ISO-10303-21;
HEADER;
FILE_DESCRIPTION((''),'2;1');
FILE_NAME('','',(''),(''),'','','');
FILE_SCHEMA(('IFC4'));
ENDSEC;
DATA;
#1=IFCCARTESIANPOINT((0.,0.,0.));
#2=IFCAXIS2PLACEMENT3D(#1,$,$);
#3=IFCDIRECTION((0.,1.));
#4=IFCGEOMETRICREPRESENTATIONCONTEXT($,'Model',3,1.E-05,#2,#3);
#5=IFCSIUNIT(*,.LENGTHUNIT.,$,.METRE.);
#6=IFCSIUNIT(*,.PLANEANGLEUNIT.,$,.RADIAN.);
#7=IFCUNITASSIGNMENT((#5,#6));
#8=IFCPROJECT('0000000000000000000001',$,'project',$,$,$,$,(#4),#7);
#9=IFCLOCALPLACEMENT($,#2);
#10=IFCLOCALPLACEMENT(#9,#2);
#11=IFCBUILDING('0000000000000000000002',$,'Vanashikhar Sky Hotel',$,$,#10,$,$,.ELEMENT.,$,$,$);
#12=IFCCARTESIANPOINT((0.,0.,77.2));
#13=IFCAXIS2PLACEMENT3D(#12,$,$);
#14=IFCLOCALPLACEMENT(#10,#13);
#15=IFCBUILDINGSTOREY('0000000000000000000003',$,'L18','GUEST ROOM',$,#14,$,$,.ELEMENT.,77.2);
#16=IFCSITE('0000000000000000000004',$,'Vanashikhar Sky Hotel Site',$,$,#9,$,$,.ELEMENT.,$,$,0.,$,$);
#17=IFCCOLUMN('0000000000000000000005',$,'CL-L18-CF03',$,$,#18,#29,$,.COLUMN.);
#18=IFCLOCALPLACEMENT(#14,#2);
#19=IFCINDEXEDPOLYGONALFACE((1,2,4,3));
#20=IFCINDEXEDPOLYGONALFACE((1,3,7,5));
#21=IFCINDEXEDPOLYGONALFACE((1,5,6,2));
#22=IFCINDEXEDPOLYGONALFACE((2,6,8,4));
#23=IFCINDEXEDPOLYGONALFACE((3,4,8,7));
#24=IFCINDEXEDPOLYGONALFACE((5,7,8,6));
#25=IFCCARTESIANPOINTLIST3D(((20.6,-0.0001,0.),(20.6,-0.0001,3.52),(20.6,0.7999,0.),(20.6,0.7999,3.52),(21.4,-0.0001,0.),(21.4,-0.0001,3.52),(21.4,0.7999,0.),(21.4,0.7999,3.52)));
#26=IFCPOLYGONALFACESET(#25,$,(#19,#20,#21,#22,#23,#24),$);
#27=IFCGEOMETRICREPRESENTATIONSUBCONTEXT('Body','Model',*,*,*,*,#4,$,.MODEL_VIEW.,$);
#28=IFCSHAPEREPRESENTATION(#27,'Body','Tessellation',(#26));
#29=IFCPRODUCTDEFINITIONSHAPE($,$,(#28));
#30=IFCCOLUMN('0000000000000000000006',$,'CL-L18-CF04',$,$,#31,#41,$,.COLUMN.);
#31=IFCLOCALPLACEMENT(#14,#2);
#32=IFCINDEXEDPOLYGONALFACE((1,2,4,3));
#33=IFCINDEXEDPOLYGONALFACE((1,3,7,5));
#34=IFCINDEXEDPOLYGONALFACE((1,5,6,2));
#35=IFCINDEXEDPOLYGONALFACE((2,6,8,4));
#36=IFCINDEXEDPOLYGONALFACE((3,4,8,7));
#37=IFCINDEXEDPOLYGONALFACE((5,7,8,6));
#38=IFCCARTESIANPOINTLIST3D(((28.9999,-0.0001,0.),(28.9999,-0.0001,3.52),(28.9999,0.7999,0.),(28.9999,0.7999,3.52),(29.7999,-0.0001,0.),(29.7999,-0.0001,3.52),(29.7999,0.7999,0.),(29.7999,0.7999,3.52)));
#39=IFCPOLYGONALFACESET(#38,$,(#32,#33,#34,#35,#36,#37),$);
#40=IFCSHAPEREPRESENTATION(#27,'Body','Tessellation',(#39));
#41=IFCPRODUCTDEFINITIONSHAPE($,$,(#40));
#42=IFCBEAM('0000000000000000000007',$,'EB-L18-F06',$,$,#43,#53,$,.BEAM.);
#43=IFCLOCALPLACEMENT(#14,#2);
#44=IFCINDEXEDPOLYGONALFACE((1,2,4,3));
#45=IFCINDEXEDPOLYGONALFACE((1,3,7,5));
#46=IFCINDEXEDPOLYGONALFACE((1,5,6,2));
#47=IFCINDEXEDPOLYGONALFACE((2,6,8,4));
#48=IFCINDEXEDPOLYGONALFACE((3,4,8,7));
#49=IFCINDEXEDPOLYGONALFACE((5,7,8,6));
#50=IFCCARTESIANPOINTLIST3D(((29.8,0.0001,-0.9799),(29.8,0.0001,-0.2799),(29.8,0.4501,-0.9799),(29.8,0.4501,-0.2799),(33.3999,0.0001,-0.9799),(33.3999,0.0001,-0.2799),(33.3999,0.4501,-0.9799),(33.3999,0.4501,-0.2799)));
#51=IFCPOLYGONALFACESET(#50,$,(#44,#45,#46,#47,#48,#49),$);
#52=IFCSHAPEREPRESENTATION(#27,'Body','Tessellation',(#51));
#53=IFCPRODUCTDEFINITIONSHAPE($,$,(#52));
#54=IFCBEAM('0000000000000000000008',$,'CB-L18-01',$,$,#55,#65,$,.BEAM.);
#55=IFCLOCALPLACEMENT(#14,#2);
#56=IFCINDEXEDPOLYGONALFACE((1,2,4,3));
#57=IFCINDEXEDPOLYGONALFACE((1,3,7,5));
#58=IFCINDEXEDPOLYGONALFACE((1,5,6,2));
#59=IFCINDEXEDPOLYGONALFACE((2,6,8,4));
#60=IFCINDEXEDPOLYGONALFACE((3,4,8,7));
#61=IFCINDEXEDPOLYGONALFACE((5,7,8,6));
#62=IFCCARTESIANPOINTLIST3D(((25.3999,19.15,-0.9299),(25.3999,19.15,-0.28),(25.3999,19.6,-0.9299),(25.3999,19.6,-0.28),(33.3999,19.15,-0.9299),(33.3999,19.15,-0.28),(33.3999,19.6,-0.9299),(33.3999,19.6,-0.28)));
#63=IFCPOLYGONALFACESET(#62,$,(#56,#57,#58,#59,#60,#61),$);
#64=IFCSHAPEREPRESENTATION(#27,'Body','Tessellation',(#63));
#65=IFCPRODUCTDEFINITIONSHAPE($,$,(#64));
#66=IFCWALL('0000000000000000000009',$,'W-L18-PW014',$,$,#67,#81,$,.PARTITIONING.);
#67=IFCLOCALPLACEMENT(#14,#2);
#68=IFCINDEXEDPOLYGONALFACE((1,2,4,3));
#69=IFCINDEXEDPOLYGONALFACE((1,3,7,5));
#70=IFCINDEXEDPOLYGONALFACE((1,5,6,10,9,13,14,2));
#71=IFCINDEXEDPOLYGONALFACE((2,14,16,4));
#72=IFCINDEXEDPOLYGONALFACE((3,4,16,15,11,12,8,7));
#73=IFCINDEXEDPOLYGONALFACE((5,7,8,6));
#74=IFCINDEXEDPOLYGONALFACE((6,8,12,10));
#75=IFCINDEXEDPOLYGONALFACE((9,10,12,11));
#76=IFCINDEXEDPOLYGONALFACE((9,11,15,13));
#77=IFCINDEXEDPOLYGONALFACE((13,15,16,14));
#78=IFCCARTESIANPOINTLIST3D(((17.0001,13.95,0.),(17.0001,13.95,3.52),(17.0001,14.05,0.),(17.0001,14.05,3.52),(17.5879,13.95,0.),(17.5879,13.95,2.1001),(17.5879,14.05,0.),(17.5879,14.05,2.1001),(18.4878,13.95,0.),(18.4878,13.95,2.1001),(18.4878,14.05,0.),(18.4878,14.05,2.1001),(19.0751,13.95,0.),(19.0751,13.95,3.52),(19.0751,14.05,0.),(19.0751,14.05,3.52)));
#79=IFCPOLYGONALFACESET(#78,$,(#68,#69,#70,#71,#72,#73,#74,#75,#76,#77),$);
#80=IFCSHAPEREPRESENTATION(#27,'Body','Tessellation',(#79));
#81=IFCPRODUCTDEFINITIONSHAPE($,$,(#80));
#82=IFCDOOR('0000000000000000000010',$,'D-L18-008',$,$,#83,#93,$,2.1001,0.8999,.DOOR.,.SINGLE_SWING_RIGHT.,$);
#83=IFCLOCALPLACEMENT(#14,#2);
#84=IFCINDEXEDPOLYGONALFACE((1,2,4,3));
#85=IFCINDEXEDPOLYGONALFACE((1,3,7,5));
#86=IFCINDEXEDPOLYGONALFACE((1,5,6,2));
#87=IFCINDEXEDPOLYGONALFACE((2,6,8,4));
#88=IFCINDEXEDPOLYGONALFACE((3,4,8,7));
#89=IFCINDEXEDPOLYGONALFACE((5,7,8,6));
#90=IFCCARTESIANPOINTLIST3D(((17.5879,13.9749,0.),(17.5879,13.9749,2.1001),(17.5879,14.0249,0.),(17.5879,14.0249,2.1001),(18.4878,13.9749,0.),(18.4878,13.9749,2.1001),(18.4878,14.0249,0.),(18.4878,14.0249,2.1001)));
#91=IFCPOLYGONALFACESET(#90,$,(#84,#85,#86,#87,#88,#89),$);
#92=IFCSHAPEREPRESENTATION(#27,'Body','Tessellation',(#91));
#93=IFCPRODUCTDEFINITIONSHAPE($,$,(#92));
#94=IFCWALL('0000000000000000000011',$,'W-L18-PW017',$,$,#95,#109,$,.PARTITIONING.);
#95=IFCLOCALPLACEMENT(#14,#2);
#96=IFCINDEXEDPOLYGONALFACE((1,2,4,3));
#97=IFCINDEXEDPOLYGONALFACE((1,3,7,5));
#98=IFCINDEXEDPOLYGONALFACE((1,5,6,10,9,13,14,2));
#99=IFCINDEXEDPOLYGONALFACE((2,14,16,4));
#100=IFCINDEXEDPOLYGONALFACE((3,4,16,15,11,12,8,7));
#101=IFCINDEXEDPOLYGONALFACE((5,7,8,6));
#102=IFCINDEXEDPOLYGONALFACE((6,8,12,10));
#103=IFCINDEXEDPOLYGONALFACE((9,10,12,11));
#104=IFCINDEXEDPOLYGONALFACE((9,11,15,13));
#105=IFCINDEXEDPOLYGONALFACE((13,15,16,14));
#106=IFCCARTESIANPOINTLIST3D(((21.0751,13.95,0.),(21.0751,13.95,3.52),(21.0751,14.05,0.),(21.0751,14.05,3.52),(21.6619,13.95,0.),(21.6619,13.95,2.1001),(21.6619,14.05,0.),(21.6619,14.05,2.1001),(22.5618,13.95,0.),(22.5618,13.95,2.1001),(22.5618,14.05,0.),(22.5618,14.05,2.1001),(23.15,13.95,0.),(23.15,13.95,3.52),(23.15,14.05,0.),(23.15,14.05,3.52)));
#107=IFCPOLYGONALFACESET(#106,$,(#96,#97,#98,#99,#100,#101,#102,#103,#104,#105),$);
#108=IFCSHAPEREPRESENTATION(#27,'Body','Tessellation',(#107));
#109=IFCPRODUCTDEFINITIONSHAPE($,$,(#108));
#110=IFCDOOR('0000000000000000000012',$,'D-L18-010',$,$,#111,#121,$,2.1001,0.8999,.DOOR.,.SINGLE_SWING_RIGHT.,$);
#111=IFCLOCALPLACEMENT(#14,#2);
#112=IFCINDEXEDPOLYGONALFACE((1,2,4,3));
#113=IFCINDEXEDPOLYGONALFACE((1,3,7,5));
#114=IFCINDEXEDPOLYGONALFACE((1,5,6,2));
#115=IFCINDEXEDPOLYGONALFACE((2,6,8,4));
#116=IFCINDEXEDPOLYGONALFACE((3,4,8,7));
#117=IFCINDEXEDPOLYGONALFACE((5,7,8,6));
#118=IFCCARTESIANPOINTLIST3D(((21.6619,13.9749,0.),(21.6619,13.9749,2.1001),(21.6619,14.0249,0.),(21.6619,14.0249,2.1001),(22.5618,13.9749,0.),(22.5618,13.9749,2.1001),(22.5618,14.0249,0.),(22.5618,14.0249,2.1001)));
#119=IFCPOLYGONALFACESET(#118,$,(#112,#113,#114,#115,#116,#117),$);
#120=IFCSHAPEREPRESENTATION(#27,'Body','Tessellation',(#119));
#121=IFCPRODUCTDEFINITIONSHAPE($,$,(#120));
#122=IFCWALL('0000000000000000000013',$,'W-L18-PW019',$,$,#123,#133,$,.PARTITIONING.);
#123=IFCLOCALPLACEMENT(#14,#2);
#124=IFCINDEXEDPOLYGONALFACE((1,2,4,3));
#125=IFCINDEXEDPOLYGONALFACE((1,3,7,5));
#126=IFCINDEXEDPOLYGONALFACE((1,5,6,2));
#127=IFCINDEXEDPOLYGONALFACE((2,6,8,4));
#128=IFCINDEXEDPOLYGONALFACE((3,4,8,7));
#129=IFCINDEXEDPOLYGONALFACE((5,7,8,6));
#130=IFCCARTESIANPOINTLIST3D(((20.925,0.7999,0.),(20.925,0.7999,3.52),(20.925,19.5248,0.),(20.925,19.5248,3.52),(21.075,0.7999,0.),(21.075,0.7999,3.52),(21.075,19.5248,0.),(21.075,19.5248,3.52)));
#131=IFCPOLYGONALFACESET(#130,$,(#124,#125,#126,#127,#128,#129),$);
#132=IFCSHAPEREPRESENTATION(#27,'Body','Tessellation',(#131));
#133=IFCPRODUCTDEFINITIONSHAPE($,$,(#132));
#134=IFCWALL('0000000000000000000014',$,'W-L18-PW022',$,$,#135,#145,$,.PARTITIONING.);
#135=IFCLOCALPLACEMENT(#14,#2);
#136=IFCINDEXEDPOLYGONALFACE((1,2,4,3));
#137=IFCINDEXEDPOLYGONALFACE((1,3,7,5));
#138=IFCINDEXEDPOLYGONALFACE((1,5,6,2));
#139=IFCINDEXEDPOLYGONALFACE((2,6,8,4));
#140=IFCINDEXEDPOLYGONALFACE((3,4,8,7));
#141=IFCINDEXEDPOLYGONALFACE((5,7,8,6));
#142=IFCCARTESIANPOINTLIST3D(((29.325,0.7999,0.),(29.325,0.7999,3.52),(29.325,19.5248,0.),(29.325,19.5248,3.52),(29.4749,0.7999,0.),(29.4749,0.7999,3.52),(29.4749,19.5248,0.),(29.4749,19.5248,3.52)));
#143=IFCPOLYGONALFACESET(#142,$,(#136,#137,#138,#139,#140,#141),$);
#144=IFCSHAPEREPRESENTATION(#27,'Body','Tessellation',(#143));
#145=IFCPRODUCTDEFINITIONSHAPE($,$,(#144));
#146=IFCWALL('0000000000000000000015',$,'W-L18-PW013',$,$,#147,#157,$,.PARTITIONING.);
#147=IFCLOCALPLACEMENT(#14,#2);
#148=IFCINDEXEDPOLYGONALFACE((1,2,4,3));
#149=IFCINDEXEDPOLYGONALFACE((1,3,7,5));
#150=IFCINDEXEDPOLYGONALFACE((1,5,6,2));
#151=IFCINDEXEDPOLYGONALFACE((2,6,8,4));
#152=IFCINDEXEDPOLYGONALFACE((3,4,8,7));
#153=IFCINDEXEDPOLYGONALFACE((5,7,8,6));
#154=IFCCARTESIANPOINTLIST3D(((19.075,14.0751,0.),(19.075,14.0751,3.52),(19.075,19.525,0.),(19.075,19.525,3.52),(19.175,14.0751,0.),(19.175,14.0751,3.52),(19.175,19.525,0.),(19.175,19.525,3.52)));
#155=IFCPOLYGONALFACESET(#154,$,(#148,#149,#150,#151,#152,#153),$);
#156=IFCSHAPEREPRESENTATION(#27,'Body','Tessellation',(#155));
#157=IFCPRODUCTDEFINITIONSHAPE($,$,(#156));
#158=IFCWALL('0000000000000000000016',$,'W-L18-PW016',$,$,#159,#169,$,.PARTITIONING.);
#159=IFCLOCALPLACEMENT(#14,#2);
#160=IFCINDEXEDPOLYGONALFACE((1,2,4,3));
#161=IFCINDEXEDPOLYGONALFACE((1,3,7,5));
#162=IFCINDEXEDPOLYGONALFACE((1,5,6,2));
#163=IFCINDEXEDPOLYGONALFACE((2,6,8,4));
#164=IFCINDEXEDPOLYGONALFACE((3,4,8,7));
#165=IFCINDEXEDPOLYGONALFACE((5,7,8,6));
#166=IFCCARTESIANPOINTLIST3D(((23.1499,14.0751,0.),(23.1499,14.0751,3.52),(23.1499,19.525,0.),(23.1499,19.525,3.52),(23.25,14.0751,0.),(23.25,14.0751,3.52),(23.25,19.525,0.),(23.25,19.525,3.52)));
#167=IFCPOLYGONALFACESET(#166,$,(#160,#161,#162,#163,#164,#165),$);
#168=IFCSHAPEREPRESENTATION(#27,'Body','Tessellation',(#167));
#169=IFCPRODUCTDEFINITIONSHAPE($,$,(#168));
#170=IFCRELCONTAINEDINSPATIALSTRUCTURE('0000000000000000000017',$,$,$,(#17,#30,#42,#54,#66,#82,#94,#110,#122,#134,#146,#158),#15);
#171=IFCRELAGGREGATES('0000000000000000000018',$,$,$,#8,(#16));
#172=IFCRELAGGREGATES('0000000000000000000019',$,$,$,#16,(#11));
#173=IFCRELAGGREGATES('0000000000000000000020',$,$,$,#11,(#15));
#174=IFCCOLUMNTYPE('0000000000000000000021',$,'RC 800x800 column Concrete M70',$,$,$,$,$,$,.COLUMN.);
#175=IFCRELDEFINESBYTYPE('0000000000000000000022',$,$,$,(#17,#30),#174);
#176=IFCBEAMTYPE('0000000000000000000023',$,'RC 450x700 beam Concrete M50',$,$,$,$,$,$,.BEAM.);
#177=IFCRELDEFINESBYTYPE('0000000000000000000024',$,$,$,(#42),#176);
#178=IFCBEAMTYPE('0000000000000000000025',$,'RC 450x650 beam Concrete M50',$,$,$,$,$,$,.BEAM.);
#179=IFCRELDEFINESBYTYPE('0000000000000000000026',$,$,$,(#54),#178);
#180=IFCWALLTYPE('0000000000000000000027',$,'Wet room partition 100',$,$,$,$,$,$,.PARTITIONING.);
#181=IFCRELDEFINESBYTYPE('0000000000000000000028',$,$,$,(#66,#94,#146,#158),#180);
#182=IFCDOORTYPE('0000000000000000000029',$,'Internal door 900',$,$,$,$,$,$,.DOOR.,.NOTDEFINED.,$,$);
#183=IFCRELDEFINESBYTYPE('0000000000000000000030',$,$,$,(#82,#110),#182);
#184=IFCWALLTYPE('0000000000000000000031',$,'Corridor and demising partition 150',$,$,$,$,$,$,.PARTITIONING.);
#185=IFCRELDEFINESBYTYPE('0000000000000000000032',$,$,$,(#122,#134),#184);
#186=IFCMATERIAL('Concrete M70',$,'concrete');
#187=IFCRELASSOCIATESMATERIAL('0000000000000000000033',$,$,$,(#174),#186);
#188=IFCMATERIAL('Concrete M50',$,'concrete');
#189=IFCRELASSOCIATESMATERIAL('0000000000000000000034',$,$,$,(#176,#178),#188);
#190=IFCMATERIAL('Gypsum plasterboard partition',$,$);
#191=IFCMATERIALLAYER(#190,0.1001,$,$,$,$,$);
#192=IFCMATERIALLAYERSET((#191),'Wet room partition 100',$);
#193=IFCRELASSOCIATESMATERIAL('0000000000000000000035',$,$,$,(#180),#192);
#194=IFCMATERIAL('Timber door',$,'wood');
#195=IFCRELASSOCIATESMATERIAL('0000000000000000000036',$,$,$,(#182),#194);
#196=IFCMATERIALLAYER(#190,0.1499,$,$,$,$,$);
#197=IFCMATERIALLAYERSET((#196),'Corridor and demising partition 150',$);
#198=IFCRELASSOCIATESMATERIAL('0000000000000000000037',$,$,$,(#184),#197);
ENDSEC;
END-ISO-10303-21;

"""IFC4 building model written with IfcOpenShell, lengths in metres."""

from ifc_helpers import new_model, si_unit, direction, frame, frame_2d, origin, origin_2d, place, context, subcontext, project, spatial, rectangle, extrude, source, transform, mapped, material, layer, layer_set, material_profile, profile_set, type_object, element, fill, save


model = new_model("IFC4")

# Units and contexts
model_context = context("Model", 3, precision=1e-05, world=origin(), true_north=direction((0.0, 1.0)))
body_context = subcontext(model_context, "Body", "Model", "MODEL_VIEW")
ifc_project = project(units=[si_unit("LENGTHUNIT", "METRE"), si_unit("PLANEANGLEUNIT", "RADIAN")], contexts=[model_context])

# Site, building, storey
site_placement = place(None, origin())
site = spatial("IfcSite", under=ifc_project, at=site_placement, Name="Vanashikhar Sky Hotel Site", CompositionType="ELEMENT", RefElevation=0.0)
building_placement = place(site_placement, origin())
building = spatial("IfcBuilding", under=site, at=building_placement, Name="Vanashikhar Sky Hotel", CompositionType="ELEMENT")
storey_placement = place(building_placement, frame((0.0, 0.0, 77.2)))
storey = spatial("IfcBuildingStorey", under=building, at=storey_placement, Name="L18", Description="GUEST ROOM", CompositionType="ELEMENT", Elevation=77.2)

# Columns
ifc_material_1 = material(Name="Concrete M70", Category="concrete")
ifc_material_profile_1 = material_profile(ifc_material_1, rectangle(XDim=0.8, YDim=0.8, at=origin_2d()))
ifc_profile_set_1 = profile_set([ifc_material_profile_1], Name="RC 800x800 column Concrete M70")
column_type = type_object("IfcColumnType", Name="RC 800x800 column Concrete M70", PredefinedType="COLUMN", material=ifc_profile_set_1)
shared_shape_1 = source(origin(), body_context, "Body", "SweptSolid", [
    extrude(rectangle(XDim=0.8, YDim=0.8, at=origin_2d()), origin(), (0.0, 0.0, 1.0), 3.52),
])
for number, where, z_axis, x_axis, name in (
    (1, (21.0, 0.3999, 0.0), (0.0, 0.0, 1.0), (1.0, 0.0, 0.0), "CL-L18-CF03"),
    (2, (29.3999, 0.3999, 0.0), (0.0, 0.0, 1.0), (1.0, 0.0, 0.0), "CL-L18-CF04"),
):
    element("IfcColumn", number, at=place(storey_placement, frame(where, z_axis=z_axis, x_axis=x_axis)), inside=storey, type_object=column_type, Name=name, PredefinedType="COLUMN", context=body_context, shape_type="MappedRepresentation", body=[
        mapped(shared_shape_1, transform((0.0, 0.0, 0.0), scale=1.0)),
    ])

# Beams
ifc_material_2 = material(Name="Concrete M50", Category="concrete")
ifc_material_profile_2 = material_profile(ifc_material_2, rectangle(XDim=0.45, YDim=0.7, at=origin_2d()))
ifc_profile_set_2 = profile_set([ifc_material_profile_2], Name="RC 450x700 beam Concrete M50")
beam_type_1 = type_object("IfcBeamType", Name="RC 450x700 beam Concrete M50", PredefinedType="BEAM", material=ifc_profile_set_2)
shared_shape_2 = source(origin(), body_context, "Body", "SweptSolid", [
    extrude(rectangle(XDim=0.45, YDim=0.7, at=origin_2d()), origin(), (0.0, 0.0, 1.0), 3.5999),
])
beam_1_placement = place(storey_placement, frame((29.8, 0.2251, -0.6299), z_axis=(1.0, 0.0, 0.0), x_axis=(0.0, 1.0, 0.0)))
element("IfcBeam", 3, at=beam_1_placement, inside=storey, type_object=beam_type_1, Name="EB-L18-F06", PredefinedType="BEAM", context=body_context, shape_type="MappedRepresentation", body=[
    mapped(shared_shape_2, transform((0.0, 0.0, 0.0), scale=1.0)),
])
ifc_material_profile_3 = material_profile(ifc_material_2, rectangle(XDim=0.45, YDim=0.6499, at=origin_2d()))
ifc_profile_set_3 = profile_set([ifc_material_profile_3], Name="RC 450x650 beam Concrete M50")
beam_type_2 = type_object("IfcBeamType", Name="RC 450x650 beam Concrete M50", PredefinedType="BEAM", material=ifc_profile_set_3)
shared_shape_3 = source(origin(), body_context, "Body", "SweptSolid", [
    extrude(rectangle(XDim=0.45, YDim=0.6499, at=origin_2d()), origin(), (0.0, 0.0, 1.0), 8.0),
])
beam_2_placement = place(storey_placement, frame((25.3999, 19.375, -0.605), z_axis=(1.0, 0.0, 0.0), x_axis=(0.0, 1.0, 0.0)))
element("IfcBeam", 4, at=beam_2_placement, inside=storey, type_object=beam_type_2, Name="CB-L18-01", PredefinedType="BEAM", context=body_context, shape_type="MappedRepresentation", body=[
    mapped(shared_shape_3, transform((0.0, 0.0, 0.0), scale=1.0)),
])

# Walls, openings, doors
ifc_material_3 = material(Name="Gypsum plasterboard partition")
ifc_layer_1 = layer(ifc_material_3, 0.1001)
ifc_layer_set_1 = layer_set([ifc_layer_1], Name="Wet room partition 100")
wall_type_1 = type_object("IfcWallType", Name="Wet room partition 100", PredefinedType="PARTITIONING", material=ifc_layer_set_1)
shared_shape_4 = source(origin(), body_context, "Body", "SweptSolid", [
    extrude(rectangle(XDim=2.075, YDim=0.1001, at=frame_2d((1.0376, 0.0))), origin(), (0.0, 0.0, 1.0), 3.52),
])
wall_1_placement = place(storey_placement, frame((17.0, 14.0, 0.0), z_axis=(0.0, 0.0, 1.0), x_axis=(1.0, 0.0, 0.0)))
wall_1 = element("IfcWall", 5, at=wall_1_placement, inside=storey, type_object=wall_type_1, Name="W-L18-PW014", PredefinedType="PARTITIONING", context=body_context, shape_type="MappedRepresentation", body=[
    mapped(shared_shape_4, transform((0.0, 0.0, 0.0), scale=1.0)),
])
shared_shape_5 = source(origin(), body_context, "Body", "SweptSolid", [
    extrude(rectangle(XDim=0.8999, YDim=2.1001, at=frame_2d((0.45, 1.05))), frame((0.0, 0.0601, 0.0), z_axis=(0.0, -1.0, 0.0), x_axis=(1.0, 0.0, 0.0)), (0.0, 0.0, 1.0), 0.1201),
])
opening_1_placement = place(wall_1_placement, frame((0.5879, 0.0, 0.0)))
opening_1 = element("IfcOpeningElement", 6, at=opening_1_placement, cuts=wall_1, PredefinedType="OPENING", context=body_context, shape_type="MappedRepresentation", body=[
    mapped(shared_shape_5, transform((0.0, 0.0, 0.0), scale=1.0)),
])
ifc_material_4 = material(Name="Timber door", Category="wood")
door_type_1 = type_object("IfcDoorType", Name="Internal door 900", OperationType="NOTDEFINED", PredefinedType="DOOR", material=ifc_material_4)
shared_shape_6 = source(origin(), body_context, "Body", "SweptSolid", [
    extrude(rectangle(XDim=0.8999, YDim=2.1001, at=frame_2d((0.45, 1.05))), frame((0.0, 0.0249, 0.0), z_axis=(0.0, -1.0, 0.0), x_axis=(1.0, 0.0, 0.0)), (0.0, 0.0, 1.0), 0.05),
])
door_1_placement = place(opening_1_placement, origin())
door_1 = element("IfcDoor", 7, at=door_1_placement, inside=storey, type_object=door_type_1, Name="D-L18-008", OperationType="SINGLE_SWING_RIGHT", OverallHeight=2.1001, OverallWidth=0.8999, PredefinedType="DOOR", context=body_context, shape_type="MappedRepresentation", body=[
    mapped(shared_shape_6, transform((0.0, 0.0, 0.0), scale=1.0)),
])
fill(opening_1, door_1)
wall_2_placement = place(storey_placement, frame((21.075, 14.0, 0.0), z_axis=(0.0, 0.0, 1.0), x_axis=(1.0, 0.0, 0.0)))
wall_2 = element("IfcWall", 8, at=wall_2_placement, inside=storey, type_object=wall_type_1, Name="W-L18-PW017", PredefinedType="PARTITIONING", context=body_context, shape_type="MappedRepresentation", body=[
    mapped(shared_shape_4, transform((0.0, 0.0, 0.0), scale=1.0)),
])
opening_2_placement = place(wall_2_placement, frame((0.5869, 0.0, 0.0)))
opening_2 = element("IfcOpeningElement", 9, at=opening_2_placement, cuts=wall_2, PredefinedType="OPENING", context=body_context, shape_type="MappedRepresentation", body=[
    mapped(shared_shape_5, transform((0.0, 0.0, 0.0), scale=1.0)),
])
door_2_placement = place(opening_2_placement, origin())
door_2 = element("IfcDoor", 10, at=door_2_placement, inside=storey, type_object=door_type_1, Name="D-L18-010", OperationType="SINGLE_SWING_RIGHT", OverallHeight=2.1001, OverallWidth=0.8999, PredefinedType="DOOR", context=body_context, shape_type="MappedRepresentation", body=[
    mapped(shared_shape_6, transform((0.0, 0.0, 0.0), scale=1.0)),
])
fill(opening_2, door_2)

# Walls
ifc_layer_2 = layer(ifc_material_3, 0.1499)
ifc_layer_set_2 = layer_set([ifc_layer_2], Name="Corridor and demising partition 150")
wall_type_2 = type_object("IfcWallType", Name="Corridor and demising partition 150", PredefinedType="PARTITIONING", material=ifc_layer_set_2)
shared_shape_7 = source(origin(), body_context, "Body", "SweptSolid", [
    extrude(rectangle(XDim=18.7249, YDim=0.1499, at=frame_2d((9.3623, 0.0))), origin(), (0.0, 0.0, 1.0), 3.52),
])
for number, where, z_axis, x_axis, name in (
    (11, (21.0, 0.8, 0.0), (0.0, 0.0, 1.0), (0.0, 1.0, 0.0), "W-L18-PW019"),
    (12, (29.3999, 0.8, 0.0), (0.0, 0.0, 1.0), (0.0, 1.0, 0.0), "W-L18-PW022"),
):
    element("IfcWall", number, at=place(storey_placement, frame(where, z_axis=z_axis, x_axis=x_axis)), inside=storey, type_object=wall_type_2, Name=name, PredefinedType="PARTITIONING", context=body_context, shape_type="MappedRepresentation", body=[
        mapped(shared_shape_7, transform((0.0, 0.0, 0.0), scale=1.0)),
    ])
shared_shape_8 = source(origin(), body_context, "Body", "SweptSolid", [
    extrude(rectangle(XDim=5.45, YDim=0.1001, at=frame_2d((2.7251, 0.0))), origin(), (0.0, 0.0, 1.0), 3.52),
])
for number, where, z_axis, x_axis, name in (
    (13, (19.125, 14.075, 0.0), (0.0, 0.0, 1.0), (0.0, 1.0, 0.0), "W-L18-PW013"),
    (14, (23.2, 14.075, 0.0), (0.0, 0.0, 1.0), (0.0, 1.0, 0.0), "W-L18-PW016"),
):
    element("IfcWall", number, at=place(storey_placement, frame(where, z_axis=z_axis, x_axis=x_axis)), inside=storey, type_object=wall_type_1, Name=name, PredefinedType="PARTITIONING", context=body_context, shape_type="MappedRepresentation", body=[
        mapped(shared_shape_8, transform((0.0, 0.0, 0.0), scale=1.0)),
    ])

save(model, "model.ifc")
